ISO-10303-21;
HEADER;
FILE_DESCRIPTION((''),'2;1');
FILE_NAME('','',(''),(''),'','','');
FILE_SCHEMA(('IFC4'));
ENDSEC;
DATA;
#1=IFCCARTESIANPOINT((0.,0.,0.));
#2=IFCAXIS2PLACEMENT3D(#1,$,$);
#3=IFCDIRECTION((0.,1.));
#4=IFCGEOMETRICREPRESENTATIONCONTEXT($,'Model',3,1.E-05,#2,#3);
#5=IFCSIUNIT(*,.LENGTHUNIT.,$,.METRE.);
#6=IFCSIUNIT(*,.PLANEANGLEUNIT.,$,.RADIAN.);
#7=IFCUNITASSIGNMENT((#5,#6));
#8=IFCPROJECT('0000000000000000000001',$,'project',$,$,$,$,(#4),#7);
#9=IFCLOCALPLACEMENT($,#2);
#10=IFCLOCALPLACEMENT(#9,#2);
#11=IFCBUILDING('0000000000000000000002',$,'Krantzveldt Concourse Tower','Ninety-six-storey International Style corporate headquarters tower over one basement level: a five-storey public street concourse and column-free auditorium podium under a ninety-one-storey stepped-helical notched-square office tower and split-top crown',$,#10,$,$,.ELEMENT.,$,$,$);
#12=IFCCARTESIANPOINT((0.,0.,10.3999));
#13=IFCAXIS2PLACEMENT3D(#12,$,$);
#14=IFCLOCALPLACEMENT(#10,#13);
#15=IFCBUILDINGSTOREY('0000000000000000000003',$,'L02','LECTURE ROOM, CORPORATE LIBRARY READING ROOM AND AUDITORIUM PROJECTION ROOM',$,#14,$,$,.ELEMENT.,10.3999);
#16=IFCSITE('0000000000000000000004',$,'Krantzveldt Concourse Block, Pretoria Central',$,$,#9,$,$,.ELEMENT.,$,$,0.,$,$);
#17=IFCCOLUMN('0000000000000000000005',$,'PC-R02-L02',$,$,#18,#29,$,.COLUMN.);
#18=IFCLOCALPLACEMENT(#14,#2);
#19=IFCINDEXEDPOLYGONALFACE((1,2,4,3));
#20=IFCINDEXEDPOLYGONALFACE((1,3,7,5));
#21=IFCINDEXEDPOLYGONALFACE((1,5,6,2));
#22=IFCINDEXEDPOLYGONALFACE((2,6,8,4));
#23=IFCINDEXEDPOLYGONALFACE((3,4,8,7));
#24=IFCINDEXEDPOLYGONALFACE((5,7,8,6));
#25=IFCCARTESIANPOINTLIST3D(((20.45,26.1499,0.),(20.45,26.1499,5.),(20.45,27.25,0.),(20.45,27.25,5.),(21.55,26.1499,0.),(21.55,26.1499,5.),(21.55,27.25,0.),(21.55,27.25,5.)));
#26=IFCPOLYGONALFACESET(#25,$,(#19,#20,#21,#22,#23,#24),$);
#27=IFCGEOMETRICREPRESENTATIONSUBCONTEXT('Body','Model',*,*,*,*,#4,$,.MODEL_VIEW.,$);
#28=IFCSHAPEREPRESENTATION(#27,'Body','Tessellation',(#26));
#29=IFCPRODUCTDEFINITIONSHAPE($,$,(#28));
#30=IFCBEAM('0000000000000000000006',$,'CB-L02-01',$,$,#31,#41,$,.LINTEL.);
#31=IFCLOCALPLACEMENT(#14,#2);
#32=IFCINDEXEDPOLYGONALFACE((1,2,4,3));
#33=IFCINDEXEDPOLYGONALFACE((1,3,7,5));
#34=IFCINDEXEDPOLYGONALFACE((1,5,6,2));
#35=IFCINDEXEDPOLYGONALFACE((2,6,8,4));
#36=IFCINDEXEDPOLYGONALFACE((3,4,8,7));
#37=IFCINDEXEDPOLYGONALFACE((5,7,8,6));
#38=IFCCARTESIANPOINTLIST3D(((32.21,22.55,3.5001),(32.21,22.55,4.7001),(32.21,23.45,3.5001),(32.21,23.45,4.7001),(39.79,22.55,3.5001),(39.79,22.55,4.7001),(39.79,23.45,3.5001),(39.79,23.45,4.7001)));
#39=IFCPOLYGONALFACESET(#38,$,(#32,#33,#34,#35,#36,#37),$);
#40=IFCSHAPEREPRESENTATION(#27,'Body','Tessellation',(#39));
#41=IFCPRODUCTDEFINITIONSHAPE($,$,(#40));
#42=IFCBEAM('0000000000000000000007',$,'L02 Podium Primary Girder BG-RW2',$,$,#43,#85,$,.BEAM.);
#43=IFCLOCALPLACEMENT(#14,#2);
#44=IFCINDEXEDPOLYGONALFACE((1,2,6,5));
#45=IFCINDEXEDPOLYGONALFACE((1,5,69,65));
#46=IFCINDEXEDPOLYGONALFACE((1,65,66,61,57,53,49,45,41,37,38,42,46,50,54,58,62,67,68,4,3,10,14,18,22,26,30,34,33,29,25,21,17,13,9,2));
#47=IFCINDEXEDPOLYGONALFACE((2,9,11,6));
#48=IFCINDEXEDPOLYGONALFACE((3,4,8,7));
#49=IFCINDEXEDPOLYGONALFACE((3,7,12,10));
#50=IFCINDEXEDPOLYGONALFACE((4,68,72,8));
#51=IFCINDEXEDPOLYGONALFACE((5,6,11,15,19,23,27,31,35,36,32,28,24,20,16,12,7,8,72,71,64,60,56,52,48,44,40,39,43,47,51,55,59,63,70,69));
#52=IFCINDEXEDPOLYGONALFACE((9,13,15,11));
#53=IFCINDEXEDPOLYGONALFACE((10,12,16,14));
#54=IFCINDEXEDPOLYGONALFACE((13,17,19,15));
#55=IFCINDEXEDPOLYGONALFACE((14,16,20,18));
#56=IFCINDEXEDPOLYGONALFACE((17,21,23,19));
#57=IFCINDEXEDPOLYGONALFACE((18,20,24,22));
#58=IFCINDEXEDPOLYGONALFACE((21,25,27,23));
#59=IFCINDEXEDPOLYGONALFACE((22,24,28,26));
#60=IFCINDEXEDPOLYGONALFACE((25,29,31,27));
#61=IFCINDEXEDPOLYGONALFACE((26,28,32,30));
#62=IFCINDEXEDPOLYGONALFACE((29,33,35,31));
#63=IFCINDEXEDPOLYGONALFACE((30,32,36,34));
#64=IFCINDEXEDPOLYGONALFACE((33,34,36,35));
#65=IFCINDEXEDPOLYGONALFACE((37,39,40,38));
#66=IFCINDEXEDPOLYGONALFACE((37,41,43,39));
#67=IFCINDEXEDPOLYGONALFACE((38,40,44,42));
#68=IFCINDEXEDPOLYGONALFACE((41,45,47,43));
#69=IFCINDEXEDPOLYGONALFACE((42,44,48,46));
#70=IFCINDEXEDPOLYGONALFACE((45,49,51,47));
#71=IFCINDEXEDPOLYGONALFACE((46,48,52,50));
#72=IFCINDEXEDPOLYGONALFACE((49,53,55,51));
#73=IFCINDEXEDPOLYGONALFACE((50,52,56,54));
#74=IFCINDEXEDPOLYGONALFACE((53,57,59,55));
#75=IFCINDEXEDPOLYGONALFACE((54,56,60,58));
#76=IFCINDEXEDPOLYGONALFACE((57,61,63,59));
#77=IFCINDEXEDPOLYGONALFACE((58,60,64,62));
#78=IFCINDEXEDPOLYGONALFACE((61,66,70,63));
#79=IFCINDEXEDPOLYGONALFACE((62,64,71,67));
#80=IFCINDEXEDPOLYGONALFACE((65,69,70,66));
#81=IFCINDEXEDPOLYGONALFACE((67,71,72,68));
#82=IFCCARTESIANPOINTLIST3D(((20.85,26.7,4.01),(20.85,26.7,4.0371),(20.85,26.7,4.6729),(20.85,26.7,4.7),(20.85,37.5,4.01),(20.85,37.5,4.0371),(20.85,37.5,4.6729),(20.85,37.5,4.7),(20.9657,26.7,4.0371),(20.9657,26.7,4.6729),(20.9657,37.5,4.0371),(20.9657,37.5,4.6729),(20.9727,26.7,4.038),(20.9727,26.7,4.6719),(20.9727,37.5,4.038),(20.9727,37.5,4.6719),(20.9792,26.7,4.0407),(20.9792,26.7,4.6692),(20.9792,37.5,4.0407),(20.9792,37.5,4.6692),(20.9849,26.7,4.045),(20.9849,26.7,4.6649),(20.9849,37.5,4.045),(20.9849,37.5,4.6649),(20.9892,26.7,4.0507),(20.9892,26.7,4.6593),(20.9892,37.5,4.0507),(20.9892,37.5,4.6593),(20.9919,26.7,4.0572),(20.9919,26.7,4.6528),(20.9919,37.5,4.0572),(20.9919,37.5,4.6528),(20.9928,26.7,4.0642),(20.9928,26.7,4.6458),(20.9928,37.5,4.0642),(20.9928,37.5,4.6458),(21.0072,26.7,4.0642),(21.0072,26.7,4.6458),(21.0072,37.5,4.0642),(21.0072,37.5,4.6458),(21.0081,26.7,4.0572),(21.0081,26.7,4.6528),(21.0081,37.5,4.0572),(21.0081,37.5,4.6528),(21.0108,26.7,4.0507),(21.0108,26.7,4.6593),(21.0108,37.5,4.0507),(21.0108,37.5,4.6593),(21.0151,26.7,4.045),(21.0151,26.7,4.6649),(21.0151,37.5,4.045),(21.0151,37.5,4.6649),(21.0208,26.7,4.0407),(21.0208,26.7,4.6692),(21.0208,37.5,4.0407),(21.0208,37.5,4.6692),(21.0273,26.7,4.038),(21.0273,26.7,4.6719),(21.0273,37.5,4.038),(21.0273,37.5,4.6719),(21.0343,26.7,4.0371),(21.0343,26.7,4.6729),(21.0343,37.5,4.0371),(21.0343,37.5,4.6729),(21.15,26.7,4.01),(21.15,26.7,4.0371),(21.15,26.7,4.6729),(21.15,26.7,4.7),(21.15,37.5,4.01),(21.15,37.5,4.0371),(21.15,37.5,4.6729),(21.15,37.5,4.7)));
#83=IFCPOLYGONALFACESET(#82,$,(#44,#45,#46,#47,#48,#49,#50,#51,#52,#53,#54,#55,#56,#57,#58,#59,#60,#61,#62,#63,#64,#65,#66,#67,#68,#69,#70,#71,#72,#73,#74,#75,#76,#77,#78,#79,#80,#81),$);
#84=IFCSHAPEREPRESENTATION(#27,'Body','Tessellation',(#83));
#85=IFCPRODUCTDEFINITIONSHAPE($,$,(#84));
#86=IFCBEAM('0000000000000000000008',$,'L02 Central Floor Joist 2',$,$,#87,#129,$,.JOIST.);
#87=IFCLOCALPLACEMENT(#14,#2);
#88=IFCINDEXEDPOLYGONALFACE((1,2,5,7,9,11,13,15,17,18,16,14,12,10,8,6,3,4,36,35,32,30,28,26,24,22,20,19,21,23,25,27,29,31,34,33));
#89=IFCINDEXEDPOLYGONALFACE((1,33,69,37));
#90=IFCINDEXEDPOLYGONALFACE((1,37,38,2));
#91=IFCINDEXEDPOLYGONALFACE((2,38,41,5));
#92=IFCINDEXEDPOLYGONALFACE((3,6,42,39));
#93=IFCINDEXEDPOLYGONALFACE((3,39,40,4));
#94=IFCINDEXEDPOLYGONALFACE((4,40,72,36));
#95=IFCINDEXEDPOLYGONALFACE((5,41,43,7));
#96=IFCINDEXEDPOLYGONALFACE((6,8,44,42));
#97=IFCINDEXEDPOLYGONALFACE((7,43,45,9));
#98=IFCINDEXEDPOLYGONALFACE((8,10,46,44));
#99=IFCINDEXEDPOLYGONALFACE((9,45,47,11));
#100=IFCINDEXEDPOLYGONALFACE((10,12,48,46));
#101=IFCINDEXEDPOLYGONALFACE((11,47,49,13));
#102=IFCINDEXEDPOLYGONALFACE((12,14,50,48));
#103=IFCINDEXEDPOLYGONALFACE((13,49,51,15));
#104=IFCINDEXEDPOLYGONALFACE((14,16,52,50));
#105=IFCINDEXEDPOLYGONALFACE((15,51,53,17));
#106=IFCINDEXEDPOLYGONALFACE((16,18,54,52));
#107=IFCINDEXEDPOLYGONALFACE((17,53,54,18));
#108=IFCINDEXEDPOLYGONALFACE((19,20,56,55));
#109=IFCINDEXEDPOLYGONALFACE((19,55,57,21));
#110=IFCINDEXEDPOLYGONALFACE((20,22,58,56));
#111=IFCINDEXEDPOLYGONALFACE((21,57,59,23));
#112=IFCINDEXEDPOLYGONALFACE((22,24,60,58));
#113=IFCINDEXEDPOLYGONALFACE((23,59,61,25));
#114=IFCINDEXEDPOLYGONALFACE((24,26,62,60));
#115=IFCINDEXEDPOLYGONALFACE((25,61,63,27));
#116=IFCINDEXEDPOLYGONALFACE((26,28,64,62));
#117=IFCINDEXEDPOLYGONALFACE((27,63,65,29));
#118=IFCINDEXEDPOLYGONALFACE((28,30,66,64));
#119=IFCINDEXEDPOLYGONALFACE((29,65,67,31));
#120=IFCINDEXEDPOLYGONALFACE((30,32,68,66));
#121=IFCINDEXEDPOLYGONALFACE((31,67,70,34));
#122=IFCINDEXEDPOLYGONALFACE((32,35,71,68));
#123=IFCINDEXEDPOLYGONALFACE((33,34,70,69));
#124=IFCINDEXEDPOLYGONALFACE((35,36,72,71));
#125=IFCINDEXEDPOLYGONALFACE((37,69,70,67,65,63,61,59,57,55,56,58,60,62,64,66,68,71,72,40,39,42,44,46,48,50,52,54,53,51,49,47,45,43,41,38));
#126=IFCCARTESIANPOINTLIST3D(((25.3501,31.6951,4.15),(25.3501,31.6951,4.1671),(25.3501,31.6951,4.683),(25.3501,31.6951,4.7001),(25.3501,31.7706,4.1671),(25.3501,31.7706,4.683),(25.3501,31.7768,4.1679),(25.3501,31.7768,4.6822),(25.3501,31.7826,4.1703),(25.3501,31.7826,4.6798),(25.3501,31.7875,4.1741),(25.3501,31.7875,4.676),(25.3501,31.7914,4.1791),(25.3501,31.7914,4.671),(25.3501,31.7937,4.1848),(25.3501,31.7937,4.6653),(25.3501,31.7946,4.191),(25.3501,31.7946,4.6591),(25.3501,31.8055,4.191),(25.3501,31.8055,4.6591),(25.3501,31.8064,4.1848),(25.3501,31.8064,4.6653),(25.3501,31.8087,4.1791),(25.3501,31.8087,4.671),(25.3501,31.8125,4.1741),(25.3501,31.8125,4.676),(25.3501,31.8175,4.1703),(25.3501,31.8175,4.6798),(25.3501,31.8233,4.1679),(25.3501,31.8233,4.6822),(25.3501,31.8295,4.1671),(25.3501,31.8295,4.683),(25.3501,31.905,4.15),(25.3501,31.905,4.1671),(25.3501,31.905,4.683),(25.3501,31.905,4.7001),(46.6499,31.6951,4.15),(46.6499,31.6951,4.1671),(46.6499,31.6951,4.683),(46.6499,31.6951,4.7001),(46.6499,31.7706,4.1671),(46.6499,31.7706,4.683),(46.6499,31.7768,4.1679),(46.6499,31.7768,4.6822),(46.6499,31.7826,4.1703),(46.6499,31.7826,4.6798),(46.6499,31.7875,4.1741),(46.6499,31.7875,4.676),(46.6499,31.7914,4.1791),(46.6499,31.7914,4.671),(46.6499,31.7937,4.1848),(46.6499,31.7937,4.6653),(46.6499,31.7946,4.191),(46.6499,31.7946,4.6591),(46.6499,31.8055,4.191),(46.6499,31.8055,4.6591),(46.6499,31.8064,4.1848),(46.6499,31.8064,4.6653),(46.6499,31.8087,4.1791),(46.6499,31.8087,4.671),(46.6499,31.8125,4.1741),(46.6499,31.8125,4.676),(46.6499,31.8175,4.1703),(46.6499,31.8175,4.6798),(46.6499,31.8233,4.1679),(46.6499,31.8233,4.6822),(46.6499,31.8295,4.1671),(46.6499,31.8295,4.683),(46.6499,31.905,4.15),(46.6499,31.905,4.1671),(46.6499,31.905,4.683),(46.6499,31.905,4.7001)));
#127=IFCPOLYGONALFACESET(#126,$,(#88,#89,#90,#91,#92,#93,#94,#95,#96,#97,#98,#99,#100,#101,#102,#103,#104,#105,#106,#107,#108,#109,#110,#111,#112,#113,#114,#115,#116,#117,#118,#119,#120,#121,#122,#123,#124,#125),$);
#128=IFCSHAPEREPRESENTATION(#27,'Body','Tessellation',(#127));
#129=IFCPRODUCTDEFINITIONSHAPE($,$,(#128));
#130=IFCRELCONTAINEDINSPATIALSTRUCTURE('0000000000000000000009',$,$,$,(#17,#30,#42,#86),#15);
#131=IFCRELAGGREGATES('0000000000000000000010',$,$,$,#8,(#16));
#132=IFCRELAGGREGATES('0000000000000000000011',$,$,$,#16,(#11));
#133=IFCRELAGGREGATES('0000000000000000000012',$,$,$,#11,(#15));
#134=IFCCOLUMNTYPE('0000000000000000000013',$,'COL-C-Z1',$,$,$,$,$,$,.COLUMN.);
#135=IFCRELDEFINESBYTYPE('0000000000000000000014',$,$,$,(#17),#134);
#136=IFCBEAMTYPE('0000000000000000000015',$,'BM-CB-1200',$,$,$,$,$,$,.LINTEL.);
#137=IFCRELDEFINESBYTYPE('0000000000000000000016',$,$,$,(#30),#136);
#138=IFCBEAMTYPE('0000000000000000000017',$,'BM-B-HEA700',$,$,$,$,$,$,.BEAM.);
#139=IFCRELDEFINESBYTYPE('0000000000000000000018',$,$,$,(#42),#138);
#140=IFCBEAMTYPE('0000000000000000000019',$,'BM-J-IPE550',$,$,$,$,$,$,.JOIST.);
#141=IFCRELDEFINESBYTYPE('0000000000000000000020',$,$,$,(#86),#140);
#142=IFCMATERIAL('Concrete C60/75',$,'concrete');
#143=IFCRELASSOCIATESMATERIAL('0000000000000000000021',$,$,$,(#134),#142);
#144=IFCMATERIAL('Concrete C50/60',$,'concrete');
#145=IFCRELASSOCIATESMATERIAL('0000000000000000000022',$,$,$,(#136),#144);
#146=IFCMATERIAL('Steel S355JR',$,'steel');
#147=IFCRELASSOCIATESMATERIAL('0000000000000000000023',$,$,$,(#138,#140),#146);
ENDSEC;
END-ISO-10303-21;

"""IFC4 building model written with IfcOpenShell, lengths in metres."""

from ifc_helpers import new_model, si_unit, direction, frame, origin, origin_2d, place, context, subcontext, project, spatial, rectangle, i_section, extrude, source, transform, mapped, material, material_profile, profile_set, type_object, type_shapes, element, save


model = new_model("IFC4")

# Units and contexts
model_context = context("Model", 3, precision=1e-05, world=origin(), true_north=direction((0.0, 1.0)))
body_context = subcontext(model_context, "Body", "Model", "MODEL_VIEW")
ifc_project = project(units=[si_unit("LENGTHUNIT", "METRE"), si_unit("PLANEANGLEUNIT", "RADIAN")], contexts=[model_context])

# Site, building, storey
site_placement = place(None, origin())
site = spatial("IfcSite", under=ifc_project, at=site_placement, Name="Krantzveldt Concourse Block, Pretoria Central", CompositionType="ELEMENT", RefElevation=0.0)
building_placement = place(site_placement, origin())
building = spatial("IfcBuilding", under=site, at=building_placement, Name="Krantzveldt Concourse Tower", Description="Ninety-six-storey International Style corporate headquarters tower over one basement level: a five-storey public street concourse and column-free auditorium podium under a ninety-one-storey stepped-helical notched-square office tower and split-top crown", CompositionType="ELEMENT")
storey_placement = place(building_placement, frame((0.0, 0.0, 10.3999)))
storey = spatial("IfcBuildingStorey", under=building, at=storey_placement, Name="L02", Description="LECTURE ROOM, CORPORATE LIBRARY READING ROOM AND AUDITORIUM PROJECTION ROOM", CompositionType="ELEMENT", Elevation=10.3999)

# Column
ifc_material_1 = material(Name="Concrete C60/75", Category="concrete")
ifc_material_profile_1 = material_profile(ifc_material_1, rectangle(XDim=1.1001, YDim=1.1001, at=origin_2d()), Name="Concrete C60/75", Category="concrete")
ifc_profile_set_1 = profile_set([ifc_material_profile_1], Name="Concrete C60/75 - RC 1100x1100")
column_type = type_object("IfcColumnType", Name="COL-C-Z1", PredefinedType="COLUMN", material=ifc_profile_set_1)
shared_shape_1 = source(origin(), body_context, "Body", "SweptSolid", [
    extrude(rectangle(XDim=1.1001, YDim=1.1001, at=origin_2d()), origin(), (0.0, 0.0, 1.0), 5.0),
])
type_shapes(column_type, [shared_shape_1])
column_placement = place(storey_placement, frame((21.0, 26.7, 0.0), z_axis=(0.0, 0.0, 1.0), x_axis=(1.0, 0.0, 0.0)))
element("IfcColumn", 1, at=column_placement, inside=storey, type_object=column_type, Name="PC-R02-L02", PredefinedType="COLUMN", context=body_context, shape_type="MappedRepresentation", body=[
    mapped(shared_shape_1, transform((0.0, 0.0, 0.0), x_axis=(1.0, 0.0, 0.0), y_axis=(0.0, 1.0, 0.0), z_axis=(0.0, 0.0, 1.0), scale=1.0)),
])

# Beams
ifc_material_2 = material(Name="Concrete C50/60", Category="concrete")
ifc_material_profile_2 = material_profile(ifc_material_2, rectangle(XDim=0.8999, YDim=1.2, at=origin_2d()), Name="Concrete C50/60", Category="concrete")
ifc_profile_set_2 = profile_set([ifc_material_profile_2], Name="Concrete C50/60 - RC-CB 900x1200")
beam_type_1 = type_object("IfcBeamType", Name="BM-CB-1200", PredefinedType="LINTEL", material=ifc_profile_set_2)
shared_shape_2 = source(origin(), body_context, "Body", "SweptSolid", [
    extrude(rectangle(XDim=0.8999, YDim=1.2, at=origin_2d()), origin(), (0.0, 0.0, 1.0), 7.5801),
])
type_shapes(beam_type_1, [shared_shape_2])
beam_1_placement = place(storey_placement, frame((32.21, 23.0, 4.1001), z_axis=(1.0, 0.0, 0.0), x_axis=(0.0, 1.0, 0.0)))
element("IfcBeam", 2, at=beam_1_placement, inside=storey, type_object=beam_type_1, Name="CB-L02-01", PredefinedType="LINTEL", context=body_context, shape_type="MappedRepresentation", body=[
    mapped(shared_shape_2, transform((0.0, 0.0, 0.0), x_axis=(1.0, 0.0, 0.0), y_axis=(0.0, 1.0, 0.0), z_axis=(0.0, 0.0, 1.0), scale=1.0)),
])
ifc_material_3 = material(Name="Steel S355JR", Category="steel")
ifc_material_profile_3 = material_profile(ifc_material_3, i_section(OverallWidth=0.3, OverallDepth=0.6899, WebThickness=0.0144, FlangeThickness=0.0271, FilletRadius=0.0271, at=origin_2d()), Name="Steel S355JR", Category="steel")
ifc_profile_set_3 = profile_set([ifc_material_profile_3], Name="Steel S355JR - HEA 700")
beam_type_2 = type_object("IfcBeamType", Name="BM-B-HEA700", PredefinedType="BEAM", material=ifc_profile_set_3)
shared_shape_3 = source(origin(), body_context, "Body", "SweptSolid", [
    extrude(i_section(OverallWidth=0.3, OverallDepth=0.6899, WebThickness=0.0144, FlangeThickness=0.0271, FilletRadius=0.0271, at=origin_2d()), origin(), (0.0, 0.0, 1.0), 10.8),
])
type_shapes(beam_type_2, [shared_shape_3])
beam_2_placement = place(storey_placement, frame((21.0, 26.7, 4.355), z_axis=(0.0, 1.0, 0.0), x_axis=(-1.0, 0.0, 0.0)))
element("IfcBeam", 3, at=beam_2_placement, inside=storey, type_object=beam_type_2, Name="L02 Podium Primary Girder BG-RW2", PredefinedType="BEAM", context=body_context, shape_type="MappedRepresentation", body=[
    mapped(shared_shape_3, transform((0.0, 0.0, 0.0), x_axis=(1.0, 0.0, 0.0), y_axis=(0.0, 1.0, 0.0), z_axis=(0.0, 0.0, 1.0), scale=1.0)),
])
ifc_material_profile_4 = material_profile(ifc_material_3, i_section(OverallWidth=0.21, OverallDepth=0.55, WebThickness=0.011, FlangeThickness=0.0171, FilletRadius=0.0239, at=origin_2d()), Name="Steel S355JR", Category="steel")
ifc_profile_set_4 = profile_set([ifc_material_profile_4], Name="Steel S355JR - IPE 550")
beam_type_3 = type_object("IfcBeamType", Name="BM-J-IPE550", PredefinedType="JOIST", material=ifc_profile_set_4)
shared_shape_4 = source(origin(), body_context, "Body", "SweptSolid", [
    extrude(i_section(OverallWidth=0.21, OverallDepth=0.55, WebThickness=0.011, FlangeThickness=0.0171, FilletRadius=0.0239, at=origin_2d()), origin(), (0.0, 0.0, 1.0), 21.2998),
])
type_shapes(beam_type_3, [shared_shape_4])
beam_3_placement = place(storey_placement, frame((25.3501, 31.8, 4.425), z_axis=(1.0, 0.0, 0.0), x_axis=(0.0, 1.0, 0.0)))
element("IfcBeam", 4, at=beam_3_placement, inside=storey, type_object=beam_type_3, Name="L02 Central Floor Joist 2", PredefinedType="JOIST", context=body_context, shape_type="MappedRepresentation", body=[
    mapped(shared_shape_4, transform((0.0, 0.0, 0.0), x_axis=(1.0, 0.0, 0.0), y_axis=(0.0, 1.0, 0.0), z_axis=(0.0, 0.0, 1.0), scale=1.0)),
])

save(model, "model.ifc")
